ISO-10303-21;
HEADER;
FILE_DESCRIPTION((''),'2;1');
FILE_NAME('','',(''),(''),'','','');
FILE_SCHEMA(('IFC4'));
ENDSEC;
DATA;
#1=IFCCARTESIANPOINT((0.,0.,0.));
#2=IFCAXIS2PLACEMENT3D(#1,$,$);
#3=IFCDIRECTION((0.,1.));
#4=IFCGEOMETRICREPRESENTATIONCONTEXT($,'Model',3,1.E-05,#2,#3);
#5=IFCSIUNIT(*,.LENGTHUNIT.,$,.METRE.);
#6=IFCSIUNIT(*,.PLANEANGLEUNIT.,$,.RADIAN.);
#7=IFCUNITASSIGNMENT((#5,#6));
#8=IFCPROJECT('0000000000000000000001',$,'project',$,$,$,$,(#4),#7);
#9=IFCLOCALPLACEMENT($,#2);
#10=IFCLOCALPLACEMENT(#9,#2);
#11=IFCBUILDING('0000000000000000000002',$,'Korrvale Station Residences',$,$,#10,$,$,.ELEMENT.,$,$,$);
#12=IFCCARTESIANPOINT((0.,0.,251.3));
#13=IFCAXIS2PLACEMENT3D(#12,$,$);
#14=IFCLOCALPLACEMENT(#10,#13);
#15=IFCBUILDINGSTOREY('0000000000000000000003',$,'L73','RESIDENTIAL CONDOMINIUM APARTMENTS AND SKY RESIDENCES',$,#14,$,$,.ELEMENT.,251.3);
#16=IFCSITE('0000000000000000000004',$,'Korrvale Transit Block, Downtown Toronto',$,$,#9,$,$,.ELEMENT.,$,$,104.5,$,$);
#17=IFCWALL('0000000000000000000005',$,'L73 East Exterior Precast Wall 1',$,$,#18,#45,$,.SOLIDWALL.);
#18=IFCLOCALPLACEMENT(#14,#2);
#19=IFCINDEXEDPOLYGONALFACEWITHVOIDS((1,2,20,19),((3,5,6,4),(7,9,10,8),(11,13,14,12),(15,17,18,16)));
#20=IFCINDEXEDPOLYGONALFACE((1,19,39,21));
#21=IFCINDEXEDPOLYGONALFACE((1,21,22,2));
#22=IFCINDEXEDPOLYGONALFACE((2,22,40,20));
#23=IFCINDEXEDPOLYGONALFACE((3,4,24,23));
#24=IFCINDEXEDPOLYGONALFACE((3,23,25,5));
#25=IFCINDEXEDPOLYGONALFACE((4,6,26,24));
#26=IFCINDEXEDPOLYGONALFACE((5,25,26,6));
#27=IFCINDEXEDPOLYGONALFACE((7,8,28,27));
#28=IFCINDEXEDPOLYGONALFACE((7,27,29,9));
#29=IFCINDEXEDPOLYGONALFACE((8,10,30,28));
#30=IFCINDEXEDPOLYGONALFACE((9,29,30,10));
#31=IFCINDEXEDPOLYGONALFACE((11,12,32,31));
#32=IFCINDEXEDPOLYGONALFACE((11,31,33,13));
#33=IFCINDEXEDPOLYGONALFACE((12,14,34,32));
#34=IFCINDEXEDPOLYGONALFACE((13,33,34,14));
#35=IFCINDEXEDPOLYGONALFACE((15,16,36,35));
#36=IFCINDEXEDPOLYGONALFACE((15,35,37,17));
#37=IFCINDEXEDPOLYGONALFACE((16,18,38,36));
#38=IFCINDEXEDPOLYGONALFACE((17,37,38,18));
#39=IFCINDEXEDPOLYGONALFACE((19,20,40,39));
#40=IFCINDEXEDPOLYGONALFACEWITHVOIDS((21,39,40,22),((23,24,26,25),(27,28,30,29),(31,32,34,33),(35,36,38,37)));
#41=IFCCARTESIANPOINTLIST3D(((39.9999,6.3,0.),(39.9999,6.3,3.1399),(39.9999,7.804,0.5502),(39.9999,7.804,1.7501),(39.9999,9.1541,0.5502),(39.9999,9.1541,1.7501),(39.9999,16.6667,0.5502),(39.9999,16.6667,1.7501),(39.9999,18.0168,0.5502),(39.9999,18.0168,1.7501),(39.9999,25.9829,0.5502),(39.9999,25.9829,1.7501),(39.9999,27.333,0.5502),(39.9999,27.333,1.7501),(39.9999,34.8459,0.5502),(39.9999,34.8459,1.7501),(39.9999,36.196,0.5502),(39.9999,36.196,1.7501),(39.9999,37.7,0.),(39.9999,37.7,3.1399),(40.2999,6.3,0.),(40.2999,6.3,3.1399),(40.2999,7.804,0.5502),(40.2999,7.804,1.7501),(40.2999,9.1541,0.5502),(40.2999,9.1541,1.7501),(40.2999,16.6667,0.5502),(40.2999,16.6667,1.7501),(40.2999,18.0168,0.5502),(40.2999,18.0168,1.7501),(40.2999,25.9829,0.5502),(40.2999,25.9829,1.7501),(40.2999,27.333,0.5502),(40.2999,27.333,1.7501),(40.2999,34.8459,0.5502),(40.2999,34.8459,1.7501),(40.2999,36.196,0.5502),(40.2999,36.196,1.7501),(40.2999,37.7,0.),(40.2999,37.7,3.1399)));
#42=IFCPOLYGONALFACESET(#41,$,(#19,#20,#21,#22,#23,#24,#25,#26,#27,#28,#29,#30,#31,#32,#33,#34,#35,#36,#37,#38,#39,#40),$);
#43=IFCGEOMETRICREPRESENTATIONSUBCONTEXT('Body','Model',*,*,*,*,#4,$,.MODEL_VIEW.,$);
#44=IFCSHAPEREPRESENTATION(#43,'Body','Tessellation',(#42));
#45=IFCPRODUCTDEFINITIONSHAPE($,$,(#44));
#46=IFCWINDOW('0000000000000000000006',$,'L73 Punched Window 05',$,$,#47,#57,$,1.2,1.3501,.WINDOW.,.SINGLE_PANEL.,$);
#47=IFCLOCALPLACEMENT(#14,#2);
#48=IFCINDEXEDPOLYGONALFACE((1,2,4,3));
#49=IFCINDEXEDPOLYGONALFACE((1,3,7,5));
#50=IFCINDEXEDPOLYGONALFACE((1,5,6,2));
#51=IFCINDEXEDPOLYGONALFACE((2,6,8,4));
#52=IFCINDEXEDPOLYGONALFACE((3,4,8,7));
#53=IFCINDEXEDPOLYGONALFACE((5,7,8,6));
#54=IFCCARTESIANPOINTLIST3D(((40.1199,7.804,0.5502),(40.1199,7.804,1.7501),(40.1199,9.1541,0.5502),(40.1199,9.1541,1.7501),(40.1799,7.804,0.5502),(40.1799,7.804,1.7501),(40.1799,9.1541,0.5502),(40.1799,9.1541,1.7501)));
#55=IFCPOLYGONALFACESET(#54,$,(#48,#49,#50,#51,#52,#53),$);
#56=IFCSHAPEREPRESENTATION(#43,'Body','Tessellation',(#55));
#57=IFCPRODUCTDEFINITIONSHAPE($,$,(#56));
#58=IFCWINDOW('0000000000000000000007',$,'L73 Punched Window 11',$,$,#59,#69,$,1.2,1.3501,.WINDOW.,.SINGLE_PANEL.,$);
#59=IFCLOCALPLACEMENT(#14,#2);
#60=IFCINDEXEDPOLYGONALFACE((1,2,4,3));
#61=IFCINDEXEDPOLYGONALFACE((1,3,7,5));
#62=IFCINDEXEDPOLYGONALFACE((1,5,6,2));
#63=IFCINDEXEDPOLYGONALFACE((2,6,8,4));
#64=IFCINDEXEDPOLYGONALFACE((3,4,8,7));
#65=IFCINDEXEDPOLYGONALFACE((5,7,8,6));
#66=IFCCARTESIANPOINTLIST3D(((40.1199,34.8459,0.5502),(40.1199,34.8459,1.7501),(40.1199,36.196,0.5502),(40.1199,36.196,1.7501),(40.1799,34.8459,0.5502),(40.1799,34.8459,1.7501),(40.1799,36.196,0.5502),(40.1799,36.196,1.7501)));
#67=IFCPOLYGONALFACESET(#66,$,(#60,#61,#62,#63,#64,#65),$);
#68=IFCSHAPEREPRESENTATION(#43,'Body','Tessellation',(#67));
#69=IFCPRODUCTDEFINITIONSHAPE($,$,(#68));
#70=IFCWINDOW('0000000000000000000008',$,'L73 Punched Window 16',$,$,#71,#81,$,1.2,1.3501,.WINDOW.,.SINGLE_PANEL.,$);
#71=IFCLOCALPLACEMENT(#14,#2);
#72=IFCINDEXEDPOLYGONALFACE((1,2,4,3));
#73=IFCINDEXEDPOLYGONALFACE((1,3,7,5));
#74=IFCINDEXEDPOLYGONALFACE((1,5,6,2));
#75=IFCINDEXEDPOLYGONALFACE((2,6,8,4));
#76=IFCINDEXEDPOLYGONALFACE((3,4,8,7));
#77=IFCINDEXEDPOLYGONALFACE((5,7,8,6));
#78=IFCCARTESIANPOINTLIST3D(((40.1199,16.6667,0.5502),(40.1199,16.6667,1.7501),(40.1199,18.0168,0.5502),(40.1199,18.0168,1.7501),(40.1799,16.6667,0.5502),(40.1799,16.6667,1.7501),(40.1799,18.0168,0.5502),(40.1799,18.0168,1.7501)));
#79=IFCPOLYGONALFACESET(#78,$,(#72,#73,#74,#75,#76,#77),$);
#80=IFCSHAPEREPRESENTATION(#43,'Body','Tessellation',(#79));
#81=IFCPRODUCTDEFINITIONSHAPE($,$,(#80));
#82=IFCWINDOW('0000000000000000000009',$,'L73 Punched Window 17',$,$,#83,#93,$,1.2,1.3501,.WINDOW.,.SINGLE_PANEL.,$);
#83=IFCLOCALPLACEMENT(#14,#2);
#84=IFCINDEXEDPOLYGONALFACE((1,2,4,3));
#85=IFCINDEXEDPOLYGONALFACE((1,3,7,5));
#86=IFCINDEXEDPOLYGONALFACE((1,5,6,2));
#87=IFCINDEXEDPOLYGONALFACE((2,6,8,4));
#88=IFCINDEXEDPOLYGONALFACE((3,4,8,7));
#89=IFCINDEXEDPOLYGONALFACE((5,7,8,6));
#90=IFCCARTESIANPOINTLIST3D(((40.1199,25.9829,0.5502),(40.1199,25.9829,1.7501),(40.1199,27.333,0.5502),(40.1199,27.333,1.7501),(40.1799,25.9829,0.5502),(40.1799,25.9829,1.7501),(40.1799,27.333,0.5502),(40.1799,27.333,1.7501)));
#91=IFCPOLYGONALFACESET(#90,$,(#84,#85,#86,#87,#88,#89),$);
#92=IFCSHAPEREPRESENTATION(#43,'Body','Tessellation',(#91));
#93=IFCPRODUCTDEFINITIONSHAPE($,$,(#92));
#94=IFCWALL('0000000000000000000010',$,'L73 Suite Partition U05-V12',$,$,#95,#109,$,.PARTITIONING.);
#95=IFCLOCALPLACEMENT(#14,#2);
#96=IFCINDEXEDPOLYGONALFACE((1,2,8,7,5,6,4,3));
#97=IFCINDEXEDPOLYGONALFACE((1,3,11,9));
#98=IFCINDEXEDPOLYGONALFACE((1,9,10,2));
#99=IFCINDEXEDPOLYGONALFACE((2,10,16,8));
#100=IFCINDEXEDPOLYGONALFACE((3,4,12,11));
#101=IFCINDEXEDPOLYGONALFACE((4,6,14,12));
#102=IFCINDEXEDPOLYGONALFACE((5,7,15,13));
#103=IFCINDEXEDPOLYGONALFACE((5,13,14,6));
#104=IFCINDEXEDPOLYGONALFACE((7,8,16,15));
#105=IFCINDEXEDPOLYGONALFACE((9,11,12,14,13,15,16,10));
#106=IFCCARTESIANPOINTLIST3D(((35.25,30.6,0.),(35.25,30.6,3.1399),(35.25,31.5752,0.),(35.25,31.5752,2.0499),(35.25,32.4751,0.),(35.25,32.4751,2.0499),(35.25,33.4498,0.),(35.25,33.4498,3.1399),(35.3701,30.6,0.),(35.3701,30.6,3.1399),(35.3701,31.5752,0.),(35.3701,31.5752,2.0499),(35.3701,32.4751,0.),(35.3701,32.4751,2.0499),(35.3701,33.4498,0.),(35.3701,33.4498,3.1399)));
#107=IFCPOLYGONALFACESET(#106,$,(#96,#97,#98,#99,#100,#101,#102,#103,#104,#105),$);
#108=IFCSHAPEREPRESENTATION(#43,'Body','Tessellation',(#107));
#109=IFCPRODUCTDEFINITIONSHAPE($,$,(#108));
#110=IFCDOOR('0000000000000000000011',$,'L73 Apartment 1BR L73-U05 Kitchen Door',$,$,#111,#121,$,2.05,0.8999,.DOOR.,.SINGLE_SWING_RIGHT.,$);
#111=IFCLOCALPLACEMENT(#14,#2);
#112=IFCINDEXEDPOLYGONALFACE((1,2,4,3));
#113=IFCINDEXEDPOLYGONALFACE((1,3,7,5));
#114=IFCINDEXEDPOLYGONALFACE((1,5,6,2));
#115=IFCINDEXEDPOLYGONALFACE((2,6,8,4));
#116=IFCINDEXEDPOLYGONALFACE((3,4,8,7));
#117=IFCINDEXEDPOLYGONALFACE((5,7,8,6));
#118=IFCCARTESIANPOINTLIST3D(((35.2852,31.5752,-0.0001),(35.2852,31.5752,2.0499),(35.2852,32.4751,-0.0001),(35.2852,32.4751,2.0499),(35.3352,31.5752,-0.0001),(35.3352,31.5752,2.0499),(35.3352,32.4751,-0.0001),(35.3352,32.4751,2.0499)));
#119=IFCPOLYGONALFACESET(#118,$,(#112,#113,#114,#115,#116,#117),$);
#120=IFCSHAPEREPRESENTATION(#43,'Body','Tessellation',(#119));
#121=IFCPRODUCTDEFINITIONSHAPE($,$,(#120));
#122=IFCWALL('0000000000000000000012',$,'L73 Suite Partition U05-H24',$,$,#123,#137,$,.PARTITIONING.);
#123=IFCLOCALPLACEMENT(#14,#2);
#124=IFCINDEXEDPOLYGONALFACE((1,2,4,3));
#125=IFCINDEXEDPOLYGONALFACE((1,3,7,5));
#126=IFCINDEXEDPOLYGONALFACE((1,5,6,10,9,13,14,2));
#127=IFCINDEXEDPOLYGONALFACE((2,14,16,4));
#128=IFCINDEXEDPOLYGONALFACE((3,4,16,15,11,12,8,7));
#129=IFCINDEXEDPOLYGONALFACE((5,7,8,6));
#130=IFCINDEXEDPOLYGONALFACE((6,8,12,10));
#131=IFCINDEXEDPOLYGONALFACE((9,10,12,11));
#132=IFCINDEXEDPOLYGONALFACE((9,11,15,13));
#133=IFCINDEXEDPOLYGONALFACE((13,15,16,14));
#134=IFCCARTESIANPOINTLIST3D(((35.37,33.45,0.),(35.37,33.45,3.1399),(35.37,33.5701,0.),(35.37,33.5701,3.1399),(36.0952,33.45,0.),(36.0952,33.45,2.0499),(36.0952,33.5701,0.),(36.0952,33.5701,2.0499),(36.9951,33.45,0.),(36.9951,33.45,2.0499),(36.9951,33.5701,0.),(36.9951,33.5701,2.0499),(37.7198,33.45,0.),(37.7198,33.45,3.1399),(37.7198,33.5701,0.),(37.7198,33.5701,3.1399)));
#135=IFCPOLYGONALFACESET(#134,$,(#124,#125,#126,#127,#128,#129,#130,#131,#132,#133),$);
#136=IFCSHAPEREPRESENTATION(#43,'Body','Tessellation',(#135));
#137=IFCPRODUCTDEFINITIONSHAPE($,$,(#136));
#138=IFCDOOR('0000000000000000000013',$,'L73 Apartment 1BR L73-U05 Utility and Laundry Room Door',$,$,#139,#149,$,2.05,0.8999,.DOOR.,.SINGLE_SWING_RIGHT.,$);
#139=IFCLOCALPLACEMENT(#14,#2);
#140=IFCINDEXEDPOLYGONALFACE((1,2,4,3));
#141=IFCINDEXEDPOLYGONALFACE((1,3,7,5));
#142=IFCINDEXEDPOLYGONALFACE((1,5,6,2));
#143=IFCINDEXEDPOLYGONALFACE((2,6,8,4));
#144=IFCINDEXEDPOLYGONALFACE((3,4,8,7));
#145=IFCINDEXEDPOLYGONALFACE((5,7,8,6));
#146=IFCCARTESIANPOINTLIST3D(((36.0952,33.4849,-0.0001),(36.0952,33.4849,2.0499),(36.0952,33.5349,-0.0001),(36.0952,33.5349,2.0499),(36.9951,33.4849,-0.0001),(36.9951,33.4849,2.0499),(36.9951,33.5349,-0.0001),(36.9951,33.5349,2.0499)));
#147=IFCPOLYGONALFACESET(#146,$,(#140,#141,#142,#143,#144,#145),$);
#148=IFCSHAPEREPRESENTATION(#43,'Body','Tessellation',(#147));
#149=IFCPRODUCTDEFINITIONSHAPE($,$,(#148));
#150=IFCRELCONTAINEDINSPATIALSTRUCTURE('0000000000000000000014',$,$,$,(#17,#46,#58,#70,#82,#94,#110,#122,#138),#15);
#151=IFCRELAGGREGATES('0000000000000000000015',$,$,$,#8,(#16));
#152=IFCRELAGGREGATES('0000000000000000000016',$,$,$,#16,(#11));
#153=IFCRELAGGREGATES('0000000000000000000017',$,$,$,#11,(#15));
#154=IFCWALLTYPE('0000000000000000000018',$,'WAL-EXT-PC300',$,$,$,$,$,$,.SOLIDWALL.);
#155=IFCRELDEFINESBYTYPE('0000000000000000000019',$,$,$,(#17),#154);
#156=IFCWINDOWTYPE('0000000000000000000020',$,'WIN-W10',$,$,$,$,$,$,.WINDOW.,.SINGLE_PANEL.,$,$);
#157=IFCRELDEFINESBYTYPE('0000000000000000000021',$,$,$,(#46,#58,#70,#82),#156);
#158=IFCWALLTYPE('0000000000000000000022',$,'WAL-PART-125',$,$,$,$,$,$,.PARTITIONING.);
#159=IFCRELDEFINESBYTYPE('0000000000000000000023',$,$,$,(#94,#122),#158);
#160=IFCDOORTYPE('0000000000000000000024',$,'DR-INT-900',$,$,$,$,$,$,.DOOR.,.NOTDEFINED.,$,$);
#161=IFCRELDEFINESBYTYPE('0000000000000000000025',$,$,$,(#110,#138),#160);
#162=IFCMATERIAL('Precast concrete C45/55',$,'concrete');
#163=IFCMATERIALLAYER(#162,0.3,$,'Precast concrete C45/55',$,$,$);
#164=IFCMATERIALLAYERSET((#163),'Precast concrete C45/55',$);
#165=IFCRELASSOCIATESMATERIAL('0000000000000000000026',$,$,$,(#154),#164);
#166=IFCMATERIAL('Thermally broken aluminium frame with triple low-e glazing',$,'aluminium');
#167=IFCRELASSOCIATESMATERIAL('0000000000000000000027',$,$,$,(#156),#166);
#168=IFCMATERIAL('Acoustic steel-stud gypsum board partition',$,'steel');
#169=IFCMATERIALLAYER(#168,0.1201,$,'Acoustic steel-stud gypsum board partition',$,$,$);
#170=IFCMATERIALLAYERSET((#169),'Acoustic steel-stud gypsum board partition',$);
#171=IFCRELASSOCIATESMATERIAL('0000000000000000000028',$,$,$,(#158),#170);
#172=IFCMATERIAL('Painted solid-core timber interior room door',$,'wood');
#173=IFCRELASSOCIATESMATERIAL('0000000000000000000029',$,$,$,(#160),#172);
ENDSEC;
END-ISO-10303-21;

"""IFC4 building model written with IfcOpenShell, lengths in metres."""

from ifc_helpers import new_model, si_unit, direction, frame, frame_2d, origin, place, context, subcontext, project, spatial, rectangle, extrude, material, layer, layer_set, type_object, element, fill, save


model = new_model("IFC4")

# Units and contexts
model_context = context("Model", 3, precision=1e-05, world=origin(), true_north=direction((0.0, 1.0)))
body_context = subcontext(model_context, "Body", "Model", "MODEL_VIEW")
ifc_project = project(units=[si_unit("LENGTHUNIT", "METRE"), si_unit("PLANEANGLEUNIT", "RADIAN")], contexts=[model_context])

# Site, building, storey
site_placement = place(None, origin())
site = spatial("IfcSite", under=ifc_project, at=site_placement, Name="Korrvale Transit Block, Downtown Toronto", CompositionType="ELEMENT", RefElevation=104.5)
building_placement = place(site_placement, origin())
building = spatial("IfcBuilding", under=site, at=building_placement, Name="Korrvale Station Residences", CompositionType="ELEMENT")
storey_placement = place(building_placement, frame((0.0, 0.0, 251.3)))
storey = spatial("IfcBuildingStorey", under=building, at=storey_placement, Name="L73", Description="RESIDENTIAL CONDOMINIUM APARTMENTS AND SKY RESIDENCES", CompositionType="ELEMENT", Elevation=251.3)

# Shared definitions
ifc_material_1 = material(Name="Precast concrete C45/55", Category="concrete")
ifc_layer_1 = layer(ifc_material_1, 0.3, Name="Precast concrete C45/55")
ifc_layer_set_1 = layer_set([ifc_layer_1], Name="Precast concrete C45/55")
wall_type_1 = type_object("IfcWallType", Name="WAL-EXT-PC300", PredefinedType="SOLIDWALL", material=ifc_layer_set_1)

# Wall, openings, windows
wall_1_placement = place(storey_placement, frame((40.1499, 37.7, 0.0), z_axis=(0.0, 0.0, 1.0), x_axis=(0.0, -1.0, 0.0)))
wall_1 = element("IfcWall", 1, at=wall_1_placement, inside=storey, type_object=wall_type_1, Name="L73 East Exterior Precast Wall 1", PredefinedType="SOLIDWALL", context=body_context, shape_type="SweptSolid", body=[
    extrude(rectangle(XDim=31.3999, YDim=0.3, at=frame_2d((15.7, 0.0))), origin(), (0.0, 0.0, 1.0), 3.1399),
])
opening_1_placement = place(wall_1_placement, frame((28.5459, 0.0, 0.55)))
opening_1 = element("IfcOpeningElement", 2, at=opening_1_placement, cuts=wall_1, PredefinedType="OPENING", context=body_context, shape_type="SweptSolid", body=[
    extrude(rectangle(XDim=1.3501, YDim=1.2, at=frame_2d((0.675, 0.6001))), frame((0.0, 0.1602, 0.0), z_axis=(0.0, -1.0, 0.0), x_axis=(1.0, 0.0, 0.0)), (0.0, 0.0, 1.0), 0.3201),
])
opening_2_placement = place(wall_1_placement, frame((1.5039, 0.0, 0.55)))
opening_2 = element("IfcOpeningElement", 3, at=opening_2_placement, cuts=wall_1, PredefinedType="OPENING", context=body_context, shape_type="SweptSolid", body=[
    extrude(rectangle(XDim=1.3501, YDim=1.2, at=frame_2d((0.675, 0.6001))), frame((0.0, 0.1602, 0.0), z_axis=(0.0, -1.0, 0.0), x_axis=(1.0, 0.0, 0.0)), (0.0, 0.0, 1.0), 0.3201),
])
opening_3_placement = place(wall_1_placement, frame((19.6831, 0.0, 0.55)))
opening_3 = element("IfcOpeningElement", 4, at=opening_3_placement, cuts=wall_1, PredefinedType="OPENING", context=body_context, shape_type="SweptSolid", body=[
    extrude(rectangle(XDim=1.3501, YDim=1.2, at=frame_2d((0.675, 0.6001))), frame((0.0, 0.1602, 0.0), z_axis=(0.0, -1.0, 0.0), x_axis=(1.0, 0.0, 0.0)), (0.0, 0.0, 1.0), 0.3201),
])
opening_4_placement = place(wall_1_placement, frame((10.3669, 0.0, 0.55)))
opening_4 = element("IfcOpeningElement", 5, at=opening_4_placement, cuts=wall_1, PredefinedType="OPENING", context=body_context, shape_type="SweptSolid", body=[
    extrude(rectangle(XDim=1.3501, YDim=1.2, at=frame_2d((0.675, 0.6001))), frame((0.0, 0.1602, 0.0), z_axis=(0.0, -1.0, 0.0), x_axis=(1.0, 0.0, 0.0)), (0.0, 0.0, 1.0), 0.3201),
])
ifc_material_2 = material(Name="Thermally broken aluminium frame with triple low-e glazing", Category="aluminium")
window_type = type_object("IfcWindowType", Name="WIN-W10", PartitioningType="SINGLE_PANEL", PredefinedType="WINDOW", material=ifc_material_2)
window_1_placement = place(opening_1_placement, origin())
window_1 = element("IfcWindow", 6, at=window_1_placement, inside=storey, type_object=window_type, Name="L73 Punched Window 05", OverallHeight=1.2, OverallWidth=1.3501, PartitioningType="SINGLE_PANEL", PredefinedType="WINDOW", context=body_context, shape_type="SweptSolid", body=[
    extrude(rectangle(XDim=1.3501, YDim=1.2, at=frame_2d((0.675, 0.6001))), frame((0.0, 0.03, 0.0), z_axis=(0.0, -1.0, 0.0), x_axis=(1.0, 0.0, 0.0)), (0.0, 0.0, 1.0), 0.0601),
])
fill(opening_1, window_1)
window_2_placement = place(opening_2_placement, origin())
window_2 = element("IfcWindow", 7, at=window_2_placement, inside=storey, type_object=window_type, Name="L73 Punched Window 11", OverallHeight=1.2, OverallWidth=1.3501, PartitioningType="SINGLE_PANEL", PredefinedType="WINDOW", context=body_context, shape_type="SweptSolid", body=[
    extrude(rectangle(XDim=1.3501, YDim=1.2, at=frame_2d((0.675, 0.6001))), frame((0.0, 0.03, 0.0), z_axis=(0.0, -1.0, 0.0), x_axis=(1.0, 0.0, 0.0)), (0.0, 0.0, 1.0), 0.0601),
])
fill(opening_2, window_2)
window_3_placement = place(opening_3_placement, origin())
window_3 = element("IfcWindow", 8, at=window_3_placement, inside=storey, type_object=window_type, Name="L73 Punched Window 16", OverallHeight=1.2, OverallWidth=1.3501, PartitioningType="SINGLE_PANEL", PredefinedType="WINDOW", context=body_context, shape_type="SweptSolid", body=[
    extrude(rectangle(XDim=1.3501, YDim=1.2, at=frame_2d((0.675, 0.6001))), frame((0.0, 0.03, 0.0), z_axis=(0.0, -1.0, 0.0), x_axis=(1.0, 0.0, 0.0)), (0.0, 0.0, 1.0), 0.0601),
])
fill(opening_3, window_3)
window_4_placement = place(opening_4_placement, origin())
window_4 = element("IfcWindow", 9, at=window_4_placement, inside=storey, type_object=window_type, Name="L73 Punched Window 17", OverallHeight=1.2, OverallWidth=1.3501, PartitioningType="SINGLE_PANEL", PredefinedType="WINDOW", context=body_context, shape_type="SweptSolid", body=[
    extrude(rectangle(XDim=1.3501, YDim=1.2, at=frame_2d((0.675, 0.6001))), frame((0.0, 0.03, 0.0), z_axis=(0.0, -1.0, 0.0), x_axis=(1.0, 0.0, 0.0)), (0.0, 0.0, 1.0), 0.0601),
])
fill(opening_4, window_4)

# Walls, openings, doors
ifc_material_3 = material(Name="Acoustic steel-stud gypsum board partition", Category="steel")
ifc_layer_2 = layer(ifc_material_3, 0.1201, Name="Acoustic steel-stud gypsum board partition")
ifc_layer_set_2 = layer_set([ifc_layer_2], Name="Acoustic steel-stud gypsum board partition")
wall_type_2 = type_object("IfcWallType", Name="WAL-PART-125", PredefinedType="PARTITIONING", material=ifc_layer_set_2)
wall_2_placement = place(storey_placement, frame((35.3101, 30.6001, 0.0), z_axis=(0.0, 0.0, 1.0), x_axis=(0.0, 1.0, 0.0)))
wall_2 = element("IfcWall", 10, at=wall_2_placement, inside=storey, type_object=wall_type_2, Name="L73 Suite Partition U05-V12", PredefinedType="PARTITIONING", context=body_context, shape_type="SweptSolid", body=[
    extrude(rectangle(XDim=2.8499, YDim=0.1201, at=frame_2d((1.4248, 0.0))), origin(), (0.0, 0.0, 1.0), 3.1399),
])
opening_5_placement = place(wall_2_placement, frame((0.9751, 0.0, 0.0)))
opening_5 = element("IfcOpeningElement", 11, at=opening_5_placement, cuts=wall_2, PredefinedType="OPENING", context=body_context, shape_type="SweptSolid", body=[
    extrude(rectangle(XDim=0.8999, YDim=2.05, at=frame_2d((0.45, 1.0249))), frame((0.0, 0.0701, 0.0), z_axis=(0.0, -1.0, 0.0), x_axis=(1.0, 0.0, 0.0)), (0.0, 0.0, 1.0), 0.1401),
])
ifc_material_4 = material(Name="Painted solid-core timber interior room door", Category="wood")
door_type = type_object("IfcDoorType", Name="DR-INT-900", OperationType="NOTDEFINED", PredefinedType="DOOR", material=ifc_material_4)
door_1_placement = place(opening_5_placement, origin())
door_1 = element("IfcDoor", 12, at=door_1_placement, inside=storey, type_object=door_type, Name="L73 Apartment 1BR L73-U05 Kitchen Door", OperationType="SINGLE_SWING_RIGHT", OverallHeight=2.05, OverallWidth=0.8999, PredefinedType="DOOR", context=body_context, shape_type="SweptSolid", body=[
    extrude(rectangle(XDim=0.8999, YDim=2.05, at=frame_2d((0.45, 1.0249))), frame((0.0, 0.0249, 0.0), z_axis=(0.0, -1.0, 0.0), x_axis=(1.0, 0.0, 0.0)), (0.0, 0.0, 1.0), 0.05),
])
fill(opening_5, door_1)
wall_3_placement = place(storey_placement, frame((35.3701, 33.51, 0.0), z_axis=(0.0, 0.0, 1.0), x_axis=(1.0, 0.0, 0.0)))
wall_3 = element("IfcWall", 13, at=wall_3_placement, inside=storey, type_object=wall_type_2, Name="L73 Suite Partition U05-H24", PredefinedType="PARTITIONING", context=body_context, shape_type="SweptSolid", body=[
    extrude(rectangle(XDim=2.3499, YDim=0.1201, at=frame_2d((1.1748, 0.0))), origin(), (0.0, 0.0, 1.0), 3.1399),
])
opening_6_placement = place(wall_3_placement, frame((0.7251, 0.0, 0.0)))
opening_6 = element("IfcOpeningElement", 14, at=opening_6_placement, cuts=wall_3, PredefinedType="OPENING", context=body_context, shape_type="SweptSolid", body=[
    extrude(rectangle(XDim=0.8999, YDim=2.05, at=frame_2d((0.45, 1.0249))), frame((0.0, 0.0701, 0.0), z_axis=(0.0, -1.0, 0.0), x_axis=(1.0, 0.0, 0.0)), (0.0, 0.0, 1.0), 0.1401),
])
door_2_placement = place(opening_6_placement, origin())
door_2 = element("IfcDoor", 15, at=door_2_placement, inside=storey, type_object=door_type, Name="L73 Apartment 1BR L73-U05 Utility and Laundry Room Door", OperationType="SINGLE_SWING_RIGHT", OverallHeight=2.05, OverallWidth=0.8999, PredefinedType="DOOR", context=body_context, shape_type="SweptSolid", body=[
    extrude(rectangle(XDim=0.8999, YDim=2.05, at=frame_2d((0.45, 1.0249))), frame((0.0, 0.0249, 0.0), z_axis=(0.0, -1.0, 0.0), x_axis=(1.0, 0.0, 0.0)), (0.0, 0.0, 1.0), 0.05),
])
fill(opening_6, door_2)

save(model, "model.ifc")
